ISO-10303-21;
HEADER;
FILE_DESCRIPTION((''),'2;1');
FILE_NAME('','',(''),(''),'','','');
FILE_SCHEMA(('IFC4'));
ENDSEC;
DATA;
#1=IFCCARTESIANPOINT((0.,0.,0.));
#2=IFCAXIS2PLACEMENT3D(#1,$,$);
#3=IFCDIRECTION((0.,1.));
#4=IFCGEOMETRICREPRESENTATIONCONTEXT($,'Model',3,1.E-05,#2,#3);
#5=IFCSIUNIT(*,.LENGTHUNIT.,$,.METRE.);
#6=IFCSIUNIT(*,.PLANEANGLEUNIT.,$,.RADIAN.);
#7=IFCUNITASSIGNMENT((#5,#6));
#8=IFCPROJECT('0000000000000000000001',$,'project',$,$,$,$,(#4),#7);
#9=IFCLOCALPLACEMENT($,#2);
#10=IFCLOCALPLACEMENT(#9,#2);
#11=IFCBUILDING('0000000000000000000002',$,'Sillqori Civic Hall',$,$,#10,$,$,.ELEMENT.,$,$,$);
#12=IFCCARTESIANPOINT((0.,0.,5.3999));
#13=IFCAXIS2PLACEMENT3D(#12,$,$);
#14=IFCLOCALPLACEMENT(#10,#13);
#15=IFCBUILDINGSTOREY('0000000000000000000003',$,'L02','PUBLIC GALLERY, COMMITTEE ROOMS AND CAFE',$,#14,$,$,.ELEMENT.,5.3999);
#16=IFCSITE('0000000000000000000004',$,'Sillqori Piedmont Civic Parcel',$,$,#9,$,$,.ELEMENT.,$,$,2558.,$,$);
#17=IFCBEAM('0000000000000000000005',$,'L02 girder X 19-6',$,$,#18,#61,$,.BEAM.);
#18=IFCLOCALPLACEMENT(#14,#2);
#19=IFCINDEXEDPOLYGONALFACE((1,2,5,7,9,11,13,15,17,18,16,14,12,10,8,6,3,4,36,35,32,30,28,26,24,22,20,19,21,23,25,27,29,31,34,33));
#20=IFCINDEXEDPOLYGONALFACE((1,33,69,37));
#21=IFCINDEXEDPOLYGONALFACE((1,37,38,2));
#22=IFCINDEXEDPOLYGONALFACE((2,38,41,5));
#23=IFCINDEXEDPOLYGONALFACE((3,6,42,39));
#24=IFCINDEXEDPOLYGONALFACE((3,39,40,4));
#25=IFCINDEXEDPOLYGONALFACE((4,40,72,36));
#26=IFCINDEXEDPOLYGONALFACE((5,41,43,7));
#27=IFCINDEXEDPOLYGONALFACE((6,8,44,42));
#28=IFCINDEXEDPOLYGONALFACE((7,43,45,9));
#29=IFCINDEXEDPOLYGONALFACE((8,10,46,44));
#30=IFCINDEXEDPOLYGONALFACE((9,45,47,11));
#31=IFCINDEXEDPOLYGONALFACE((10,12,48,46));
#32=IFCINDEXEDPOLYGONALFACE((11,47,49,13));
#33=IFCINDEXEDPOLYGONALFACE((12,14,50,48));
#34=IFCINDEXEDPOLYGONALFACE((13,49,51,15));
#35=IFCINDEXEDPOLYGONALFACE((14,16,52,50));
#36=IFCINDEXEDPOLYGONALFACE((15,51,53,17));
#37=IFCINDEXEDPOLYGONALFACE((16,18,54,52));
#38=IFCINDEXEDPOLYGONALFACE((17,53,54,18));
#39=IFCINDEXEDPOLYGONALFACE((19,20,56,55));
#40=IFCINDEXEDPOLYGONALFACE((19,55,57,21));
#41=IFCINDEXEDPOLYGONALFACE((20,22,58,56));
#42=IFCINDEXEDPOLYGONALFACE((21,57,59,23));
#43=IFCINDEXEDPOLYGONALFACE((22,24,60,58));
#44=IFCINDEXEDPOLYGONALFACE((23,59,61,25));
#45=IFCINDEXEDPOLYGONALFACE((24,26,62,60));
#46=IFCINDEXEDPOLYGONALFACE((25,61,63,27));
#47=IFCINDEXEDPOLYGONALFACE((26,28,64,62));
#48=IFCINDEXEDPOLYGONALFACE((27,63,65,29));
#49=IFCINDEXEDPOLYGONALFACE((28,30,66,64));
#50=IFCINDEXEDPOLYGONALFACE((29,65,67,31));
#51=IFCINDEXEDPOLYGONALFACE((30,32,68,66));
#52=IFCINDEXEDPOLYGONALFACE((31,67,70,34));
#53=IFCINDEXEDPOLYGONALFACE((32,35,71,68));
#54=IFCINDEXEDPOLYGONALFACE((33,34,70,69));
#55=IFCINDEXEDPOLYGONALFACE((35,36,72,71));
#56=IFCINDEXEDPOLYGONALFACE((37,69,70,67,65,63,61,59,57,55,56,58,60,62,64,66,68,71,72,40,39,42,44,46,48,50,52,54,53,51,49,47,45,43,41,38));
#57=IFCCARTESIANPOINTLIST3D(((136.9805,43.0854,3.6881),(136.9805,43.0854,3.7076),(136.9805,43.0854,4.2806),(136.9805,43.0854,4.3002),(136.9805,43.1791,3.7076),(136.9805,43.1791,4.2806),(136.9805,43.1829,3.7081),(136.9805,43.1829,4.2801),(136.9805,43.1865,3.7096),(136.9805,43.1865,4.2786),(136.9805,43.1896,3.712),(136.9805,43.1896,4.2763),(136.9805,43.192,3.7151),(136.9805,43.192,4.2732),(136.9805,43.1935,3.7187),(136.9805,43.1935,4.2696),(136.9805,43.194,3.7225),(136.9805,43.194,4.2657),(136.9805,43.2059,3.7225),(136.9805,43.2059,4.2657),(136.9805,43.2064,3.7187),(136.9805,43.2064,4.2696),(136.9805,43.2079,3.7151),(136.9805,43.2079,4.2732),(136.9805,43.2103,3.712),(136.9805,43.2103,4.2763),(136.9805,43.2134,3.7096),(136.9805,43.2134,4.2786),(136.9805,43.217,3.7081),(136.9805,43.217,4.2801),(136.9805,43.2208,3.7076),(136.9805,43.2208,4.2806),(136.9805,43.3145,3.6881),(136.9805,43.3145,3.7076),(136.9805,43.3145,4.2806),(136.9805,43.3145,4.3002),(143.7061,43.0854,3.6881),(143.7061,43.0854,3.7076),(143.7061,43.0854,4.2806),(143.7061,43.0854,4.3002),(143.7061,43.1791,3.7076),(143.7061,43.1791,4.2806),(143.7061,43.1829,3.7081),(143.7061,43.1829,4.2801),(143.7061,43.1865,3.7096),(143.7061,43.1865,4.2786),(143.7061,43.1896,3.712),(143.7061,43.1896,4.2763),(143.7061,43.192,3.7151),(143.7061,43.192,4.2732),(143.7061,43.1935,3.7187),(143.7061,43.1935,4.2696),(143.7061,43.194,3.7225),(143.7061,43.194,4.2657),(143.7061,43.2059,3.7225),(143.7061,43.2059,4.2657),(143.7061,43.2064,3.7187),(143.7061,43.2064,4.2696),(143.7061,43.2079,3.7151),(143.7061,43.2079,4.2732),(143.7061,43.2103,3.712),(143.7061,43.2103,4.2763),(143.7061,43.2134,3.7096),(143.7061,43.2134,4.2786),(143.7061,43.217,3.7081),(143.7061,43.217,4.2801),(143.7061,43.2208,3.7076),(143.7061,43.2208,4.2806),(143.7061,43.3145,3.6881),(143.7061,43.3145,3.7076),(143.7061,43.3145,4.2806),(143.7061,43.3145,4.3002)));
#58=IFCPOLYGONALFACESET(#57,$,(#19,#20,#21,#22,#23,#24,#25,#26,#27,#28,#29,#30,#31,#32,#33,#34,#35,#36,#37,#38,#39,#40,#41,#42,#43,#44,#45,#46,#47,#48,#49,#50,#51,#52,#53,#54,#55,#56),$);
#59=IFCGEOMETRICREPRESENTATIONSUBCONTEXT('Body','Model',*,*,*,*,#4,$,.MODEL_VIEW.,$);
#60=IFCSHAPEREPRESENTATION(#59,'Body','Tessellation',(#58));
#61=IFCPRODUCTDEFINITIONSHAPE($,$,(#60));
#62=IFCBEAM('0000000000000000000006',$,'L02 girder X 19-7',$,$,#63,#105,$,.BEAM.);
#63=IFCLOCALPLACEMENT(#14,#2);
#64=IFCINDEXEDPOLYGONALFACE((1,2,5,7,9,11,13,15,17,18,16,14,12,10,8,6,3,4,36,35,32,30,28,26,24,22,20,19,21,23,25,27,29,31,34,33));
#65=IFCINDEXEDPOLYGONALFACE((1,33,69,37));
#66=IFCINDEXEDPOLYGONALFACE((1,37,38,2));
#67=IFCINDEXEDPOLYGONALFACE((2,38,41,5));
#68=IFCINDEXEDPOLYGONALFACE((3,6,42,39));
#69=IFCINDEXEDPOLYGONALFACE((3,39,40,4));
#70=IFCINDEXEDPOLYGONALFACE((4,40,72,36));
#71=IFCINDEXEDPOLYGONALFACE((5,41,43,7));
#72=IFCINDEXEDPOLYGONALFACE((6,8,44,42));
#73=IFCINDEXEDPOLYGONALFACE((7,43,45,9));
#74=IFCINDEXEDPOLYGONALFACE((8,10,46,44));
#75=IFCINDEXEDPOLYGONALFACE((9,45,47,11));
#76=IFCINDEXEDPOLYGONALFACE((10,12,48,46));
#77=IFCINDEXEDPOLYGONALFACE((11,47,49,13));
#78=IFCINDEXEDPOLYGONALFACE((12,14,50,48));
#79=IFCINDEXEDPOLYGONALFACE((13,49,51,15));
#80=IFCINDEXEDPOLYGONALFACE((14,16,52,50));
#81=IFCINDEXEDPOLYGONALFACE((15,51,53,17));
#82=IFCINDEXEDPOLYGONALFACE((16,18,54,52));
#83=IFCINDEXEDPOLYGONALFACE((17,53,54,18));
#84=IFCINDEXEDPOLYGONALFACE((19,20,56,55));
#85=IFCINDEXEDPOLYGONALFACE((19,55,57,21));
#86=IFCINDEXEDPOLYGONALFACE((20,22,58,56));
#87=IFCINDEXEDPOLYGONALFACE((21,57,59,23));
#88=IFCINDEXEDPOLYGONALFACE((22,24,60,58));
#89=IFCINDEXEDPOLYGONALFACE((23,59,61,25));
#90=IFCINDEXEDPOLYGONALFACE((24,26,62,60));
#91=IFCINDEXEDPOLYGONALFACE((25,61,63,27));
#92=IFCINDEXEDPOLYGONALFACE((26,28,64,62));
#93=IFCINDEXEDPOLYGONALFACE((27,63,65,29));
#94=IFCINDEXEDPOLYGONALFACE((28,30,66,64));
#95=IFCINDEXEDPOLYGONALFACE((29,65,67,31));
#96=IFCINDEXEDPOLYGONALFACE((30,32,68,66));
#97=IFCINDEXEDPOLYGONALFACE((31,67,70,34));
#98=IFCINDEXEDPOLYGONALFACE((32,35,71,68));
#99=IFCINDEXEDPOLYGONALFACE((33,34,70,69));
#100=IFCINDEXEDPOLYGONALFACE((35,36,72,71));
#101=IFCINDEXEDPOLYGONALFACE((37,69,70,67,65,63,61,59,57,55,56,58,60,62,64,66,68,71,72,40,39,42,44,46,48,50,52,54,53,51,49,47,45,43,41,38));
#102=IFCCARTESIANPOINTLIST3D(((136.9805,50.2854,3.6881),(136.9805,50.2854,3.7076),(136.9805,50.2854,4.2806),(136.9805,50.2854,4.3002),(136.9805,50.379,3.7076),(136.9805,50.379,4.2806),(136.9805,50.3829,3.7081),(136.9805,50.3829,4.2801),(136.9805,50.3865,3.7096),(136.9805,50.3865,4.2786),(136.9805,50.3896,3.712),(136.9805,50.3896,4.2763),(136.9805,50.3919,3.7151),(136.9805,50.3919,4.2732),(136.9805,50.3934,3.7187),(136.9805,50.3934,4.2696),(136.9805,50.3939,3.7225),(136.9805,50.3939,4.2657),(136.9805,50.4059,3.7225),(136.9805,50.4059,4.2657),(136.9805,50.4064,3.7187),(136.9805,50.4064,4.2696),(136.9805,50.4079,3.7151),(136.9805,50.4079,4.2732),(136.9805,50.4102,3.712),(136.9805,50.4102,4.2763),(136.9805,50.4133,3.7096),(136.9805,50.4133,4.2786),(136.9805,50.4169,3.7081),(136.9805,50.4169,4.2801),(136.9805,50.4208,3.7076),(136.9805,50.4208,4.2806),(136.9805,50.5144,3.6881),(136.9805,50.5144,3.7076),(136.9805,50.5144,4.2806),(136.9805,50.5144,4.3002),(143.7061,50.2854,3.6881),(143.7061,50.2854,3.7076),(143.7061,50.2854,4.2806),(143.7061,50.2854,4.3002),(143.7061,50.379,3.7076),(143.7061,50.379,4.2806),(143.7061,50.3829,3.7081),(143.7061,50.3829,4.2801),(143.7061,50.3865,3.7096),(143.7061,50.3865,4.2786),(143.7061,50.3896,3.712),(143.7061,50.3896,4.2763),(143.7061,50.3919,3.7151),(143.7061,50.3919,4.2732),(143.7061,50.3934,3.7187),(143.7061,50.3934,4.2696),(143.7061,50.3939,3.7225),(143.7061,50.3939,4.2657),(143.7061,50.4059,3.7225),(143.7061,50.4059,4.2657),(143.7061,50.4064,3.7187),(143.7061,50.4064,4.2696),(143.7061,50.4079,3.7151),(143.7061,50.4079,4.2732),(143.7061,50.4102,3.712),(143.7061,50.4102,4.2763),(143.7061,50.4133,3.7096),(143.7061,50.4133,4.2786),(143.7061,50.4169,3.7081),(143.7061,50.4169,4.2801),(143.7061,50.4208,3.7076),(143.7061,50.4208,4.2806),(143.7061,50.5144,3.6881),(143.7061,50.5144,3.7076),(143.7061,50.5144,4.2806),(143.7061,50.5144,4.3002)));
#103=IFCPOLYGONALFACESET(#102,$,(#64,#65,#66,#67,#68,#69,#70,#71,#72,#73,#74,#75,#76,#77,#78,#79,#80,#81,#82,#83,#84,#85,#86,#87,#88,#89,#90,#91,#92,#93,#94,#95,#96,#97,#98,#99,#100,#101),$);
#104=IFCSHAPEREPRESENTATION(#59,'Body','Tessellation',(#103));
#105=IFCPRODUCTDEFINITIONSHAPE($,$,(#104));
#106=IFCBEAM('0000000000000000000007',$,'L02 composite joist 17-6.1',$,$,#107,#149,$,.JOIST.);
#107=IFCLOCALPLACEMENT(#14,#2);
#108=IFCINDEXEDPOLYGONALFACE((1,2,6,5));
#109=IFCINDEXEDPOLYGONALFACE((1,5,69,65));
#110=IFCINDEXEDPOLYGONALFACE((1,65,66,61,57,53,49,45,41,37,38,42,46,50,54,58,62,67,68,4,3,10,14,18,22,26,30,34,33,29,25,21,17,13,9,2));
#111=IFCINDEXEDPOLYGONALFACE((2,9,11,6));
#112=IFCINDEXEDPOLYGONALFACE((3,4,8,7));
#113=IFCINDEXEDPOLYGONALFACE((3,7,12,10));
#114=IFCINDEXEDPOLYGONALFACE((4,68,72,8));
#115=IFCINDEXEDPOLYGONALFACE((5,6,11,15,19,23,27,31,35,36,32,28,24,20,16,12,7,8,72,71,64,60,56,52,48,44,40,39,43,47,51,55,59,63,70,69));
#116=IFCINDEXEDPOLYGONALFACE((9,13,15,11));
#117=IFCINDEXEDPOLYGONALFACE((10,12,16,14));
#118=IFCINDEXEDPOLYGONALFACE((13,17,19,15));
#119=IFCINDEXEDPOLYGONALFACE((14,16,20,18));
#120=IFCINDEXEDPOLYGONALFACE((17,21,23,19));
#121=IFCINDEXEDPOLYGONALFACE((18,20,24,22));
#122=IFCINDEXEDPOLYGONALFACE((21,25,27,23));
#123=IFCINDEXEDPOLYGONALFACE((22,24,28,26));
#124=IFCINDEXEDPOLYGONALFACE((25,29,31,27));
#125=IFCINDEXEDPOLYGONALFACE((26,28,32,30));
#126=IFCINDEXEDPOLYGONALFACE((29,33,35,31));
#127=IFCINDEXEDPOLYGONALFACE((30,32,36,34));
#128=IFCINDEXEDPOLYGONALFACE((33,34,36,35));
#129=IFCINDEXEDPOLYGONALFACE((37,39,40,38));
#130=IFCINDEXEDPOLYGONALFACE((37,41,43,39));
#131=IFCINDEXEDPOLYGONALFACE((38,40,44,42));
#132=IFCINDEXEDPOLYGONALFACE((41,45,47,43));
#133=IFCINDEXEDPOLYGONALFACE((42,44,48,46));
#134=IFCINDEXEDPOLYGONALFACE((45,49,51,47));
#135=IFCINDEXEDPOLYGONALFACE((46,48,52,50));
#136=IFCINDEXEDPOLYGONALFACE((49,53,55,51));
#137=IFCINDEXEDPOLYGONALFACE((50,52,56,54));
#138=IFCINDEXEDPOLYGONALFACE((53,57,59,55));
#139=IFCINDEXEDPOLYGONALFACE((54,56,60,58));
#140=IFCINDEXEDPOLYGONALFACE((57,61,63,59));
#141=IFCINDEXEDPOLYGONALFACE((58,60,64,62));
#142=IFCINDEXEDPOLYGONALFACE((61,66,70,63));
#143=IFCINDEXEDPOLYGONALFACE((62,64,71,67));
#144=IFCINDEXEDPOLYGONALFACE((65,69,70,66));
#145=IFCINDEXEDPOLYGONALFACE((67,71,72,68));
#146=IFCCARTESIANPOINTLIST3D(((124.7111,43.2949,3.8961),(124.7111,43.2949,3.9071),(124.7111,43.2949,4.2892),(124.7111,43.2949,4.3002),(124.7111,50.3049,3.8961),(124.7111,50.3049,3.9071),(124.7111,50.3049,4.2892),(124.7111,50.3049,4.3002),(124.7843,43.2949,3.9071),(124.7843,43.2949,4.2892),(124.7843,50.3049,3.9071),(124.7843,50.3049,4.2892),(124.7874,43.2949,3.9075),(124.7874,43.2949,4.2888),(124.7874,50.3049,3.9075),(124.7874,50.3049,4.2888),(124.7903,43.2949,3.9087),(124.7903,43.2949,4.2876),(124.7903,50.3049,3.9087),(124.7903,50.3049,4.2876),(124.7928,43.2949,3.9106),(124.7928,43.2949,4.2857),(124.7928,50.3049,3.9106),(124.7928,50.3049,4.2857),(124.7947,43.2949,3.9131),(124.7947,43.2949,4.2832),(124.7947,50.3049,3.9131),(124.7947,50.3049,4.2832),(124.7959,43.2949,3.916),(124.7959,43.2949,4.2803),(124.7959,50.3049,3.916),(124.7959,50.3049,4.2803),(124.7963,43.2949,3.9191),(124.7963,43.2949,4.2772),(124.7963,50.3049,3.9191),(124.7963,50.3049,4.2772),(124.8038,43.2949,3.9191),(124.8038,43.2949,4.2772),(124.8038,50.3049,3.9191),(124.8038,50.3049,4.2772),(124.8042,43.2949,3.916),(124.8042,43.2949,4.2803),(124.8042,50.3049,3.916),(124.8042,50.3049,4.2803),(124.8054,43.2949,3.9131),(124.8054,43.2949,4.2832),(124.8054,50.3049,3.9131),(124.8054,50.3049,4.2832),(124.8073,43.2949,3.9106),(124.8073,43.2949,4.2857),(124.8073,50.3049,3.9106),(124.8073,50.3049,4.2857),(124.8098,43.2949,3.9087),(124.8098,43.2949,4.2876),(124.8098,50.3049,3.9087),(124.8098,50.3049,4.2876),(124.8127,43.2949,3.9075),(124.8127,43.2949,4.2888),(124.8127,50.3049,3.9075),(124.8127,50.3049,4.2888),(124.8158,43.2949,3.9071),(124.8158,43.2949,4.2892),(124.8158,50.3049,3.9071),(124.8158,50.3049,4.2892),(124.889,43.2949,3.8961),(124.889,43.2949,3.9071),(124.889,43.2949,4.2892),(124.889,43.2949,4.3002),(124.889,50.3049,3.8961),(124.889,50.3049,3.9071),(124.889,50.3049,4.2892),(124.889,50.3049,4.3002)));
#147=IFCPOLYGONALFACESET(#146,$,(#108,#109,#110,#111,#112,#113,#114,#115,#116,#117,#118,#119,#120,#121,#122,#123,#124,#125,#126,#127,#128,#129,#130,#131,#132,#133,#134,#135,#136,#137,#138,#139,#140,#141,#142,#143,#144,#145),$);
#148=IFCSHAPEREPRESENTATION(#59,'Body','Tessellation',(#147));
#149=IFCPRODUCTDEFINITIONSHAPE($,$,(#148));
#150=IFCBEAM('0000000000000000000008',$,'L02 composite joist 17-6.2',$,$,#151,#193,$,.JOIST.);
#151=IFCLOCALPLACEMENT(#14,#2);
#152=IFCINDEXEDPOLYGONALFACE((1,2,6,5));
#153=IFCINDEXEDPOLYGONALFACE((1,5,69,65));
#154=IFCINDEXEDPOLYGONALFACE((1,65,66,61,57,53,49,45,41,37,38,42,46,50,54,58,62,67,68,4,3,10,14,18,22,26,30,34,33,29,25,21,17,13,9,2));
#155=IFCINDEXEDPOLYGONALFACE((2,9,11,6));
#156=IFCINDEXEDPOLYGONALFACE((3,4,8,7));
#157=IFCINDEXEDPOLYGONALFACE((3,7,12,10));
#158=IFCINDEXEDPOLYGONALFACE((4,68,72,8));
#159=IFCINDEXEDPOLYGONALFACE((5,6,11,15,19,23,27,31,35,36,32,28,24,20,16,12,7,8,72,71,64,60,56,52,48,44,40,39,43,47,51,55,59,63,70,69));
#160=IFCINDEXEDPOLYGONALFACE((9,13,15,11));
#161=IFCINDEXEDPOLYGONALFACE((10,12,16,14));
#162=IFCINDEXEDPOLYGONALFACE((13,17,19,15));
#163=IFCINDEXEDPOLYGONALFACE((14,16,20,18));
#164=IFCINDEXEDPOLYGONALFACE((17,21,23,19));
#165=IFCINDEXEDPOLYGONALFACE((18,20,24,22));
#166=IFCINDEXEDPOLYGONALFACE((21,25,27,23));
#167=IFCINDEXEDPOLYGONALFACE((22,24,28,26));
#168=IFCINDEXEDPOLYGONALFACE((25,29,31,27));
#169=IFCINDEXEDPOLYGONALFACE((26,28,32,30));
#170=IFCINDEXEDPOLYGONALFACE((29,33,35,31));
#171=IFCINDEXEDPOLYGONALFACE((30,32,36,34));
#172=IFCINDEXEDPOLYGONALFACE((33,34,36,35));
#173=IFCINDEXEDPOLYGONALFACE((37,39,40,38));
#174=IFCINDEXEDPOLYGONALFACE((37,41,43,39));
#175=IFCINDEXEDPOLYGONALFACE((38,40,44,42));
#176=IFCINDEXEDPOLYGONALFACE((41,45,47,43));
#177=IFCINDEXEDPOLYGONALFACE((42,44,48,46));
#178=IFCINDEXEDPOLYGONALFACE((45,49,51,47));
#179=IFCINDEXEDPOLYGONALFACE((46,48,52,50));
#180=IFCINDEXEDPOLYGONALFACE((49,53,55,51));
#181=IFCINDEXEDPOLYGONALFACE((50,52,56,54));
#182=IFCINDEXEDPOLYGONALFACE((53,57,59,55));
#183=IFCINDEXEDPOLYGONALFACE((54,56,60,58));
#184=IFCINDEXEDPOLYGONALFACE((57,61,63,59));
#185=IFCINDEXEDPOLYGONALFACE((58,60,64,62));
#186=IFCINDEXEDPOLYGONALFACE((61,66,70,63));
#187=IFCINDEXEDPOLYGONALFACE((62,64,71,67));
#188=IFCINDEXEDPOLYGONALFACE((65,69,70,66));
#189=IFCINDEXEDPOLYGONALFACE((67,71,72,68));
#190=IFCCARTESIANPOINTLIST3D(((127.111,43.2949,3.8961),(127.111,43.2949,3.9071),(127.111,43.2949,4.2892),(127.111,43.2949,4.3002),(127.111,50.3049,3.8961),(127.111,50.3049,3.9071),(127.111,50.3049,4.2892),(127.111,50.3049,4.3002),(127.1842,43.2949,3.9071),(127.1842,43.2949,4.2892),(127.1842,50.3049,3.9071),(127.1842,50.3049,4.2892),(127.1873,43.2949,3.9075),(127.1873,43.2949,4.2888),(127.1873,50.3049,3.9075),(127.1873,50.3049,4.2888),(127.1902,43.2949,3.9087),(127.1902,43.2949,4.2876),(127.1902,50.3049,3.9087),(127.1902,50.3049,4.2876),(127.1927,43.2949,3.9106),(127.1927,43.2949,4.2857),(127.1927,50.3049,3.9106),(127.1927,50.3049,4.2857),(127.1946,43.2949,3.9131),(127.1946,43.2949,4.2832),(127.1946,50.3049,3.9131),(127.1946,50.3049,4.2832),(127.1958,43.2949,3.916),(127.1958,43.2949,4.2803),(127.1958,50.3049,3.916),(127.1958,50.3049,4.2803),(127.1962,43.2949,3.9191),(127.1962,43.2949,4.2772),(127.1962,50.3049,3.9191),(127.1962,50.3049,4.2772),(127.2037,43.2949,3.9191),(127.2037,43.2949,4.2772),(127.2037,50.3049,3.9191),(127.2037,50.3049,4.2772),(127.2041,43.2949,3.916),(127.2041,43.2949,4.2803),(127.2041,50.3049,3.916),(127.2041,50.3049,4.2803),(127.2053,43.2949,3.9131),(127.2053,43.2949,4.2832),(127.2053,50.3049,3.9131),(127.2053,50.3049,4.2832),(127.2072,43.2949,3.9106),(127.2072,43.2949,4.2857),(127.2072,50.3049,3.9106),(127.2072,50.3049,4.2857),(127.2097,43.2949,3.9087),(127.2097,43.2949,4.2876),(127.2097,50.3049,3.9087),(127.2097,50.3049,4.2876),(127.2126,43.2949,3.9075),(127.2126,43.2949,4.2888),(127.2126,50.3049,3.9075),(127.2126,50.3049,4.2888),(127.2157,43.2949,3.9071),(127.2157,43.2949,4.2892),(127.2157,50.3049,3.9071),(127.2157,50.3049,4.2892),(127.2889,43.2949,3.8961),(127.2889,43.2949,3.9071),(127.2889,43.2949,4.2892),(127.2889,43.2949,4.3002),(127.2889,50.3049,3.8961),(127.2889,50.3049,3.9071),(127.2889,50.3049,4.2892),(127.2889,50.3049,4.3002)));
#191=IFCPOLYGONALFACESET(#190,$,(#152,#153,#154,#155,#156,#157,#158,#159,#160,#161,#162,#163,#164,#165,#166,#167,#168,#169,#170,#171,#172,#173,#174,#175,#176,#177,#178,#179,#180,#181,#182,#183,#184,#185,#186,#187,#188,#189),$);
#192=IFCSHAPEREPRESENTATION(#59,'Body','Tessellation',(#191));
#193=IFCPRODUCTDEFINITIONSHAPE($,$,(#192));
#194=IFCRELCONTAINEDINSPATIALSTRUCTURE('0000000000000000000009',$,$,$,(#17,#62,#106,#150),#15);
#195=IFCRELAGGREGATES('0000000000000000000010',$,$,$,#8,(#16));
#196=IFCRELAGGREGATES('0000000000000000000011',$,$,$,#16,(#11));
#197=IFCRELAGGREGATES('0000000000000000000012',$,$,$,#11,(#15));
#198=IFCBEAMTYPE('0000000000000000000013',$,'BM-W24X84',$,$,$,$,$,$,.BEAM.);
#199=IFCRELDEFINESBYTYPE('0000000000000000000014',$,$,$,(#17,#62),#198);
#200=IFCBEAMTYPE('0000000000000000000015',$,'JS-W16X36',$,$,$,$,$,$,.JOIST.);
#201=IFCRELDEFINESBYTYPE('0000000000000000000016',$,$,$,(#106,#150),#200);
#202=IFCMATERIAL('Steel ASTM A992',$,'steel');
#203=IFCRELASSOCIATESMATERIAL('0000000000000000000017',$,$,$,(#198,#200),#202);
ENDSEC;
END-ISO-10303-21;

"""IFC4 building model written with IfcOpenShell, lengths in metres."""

from ifc_helpers import new_model, si_unit, direction, frame, origin, origin_2d, place, context, subcontext, project, spatial, i_section, extrude, material, material_profile, profile_set, type_object, element, save


model = new_model("IFC4")

# Units and contexts
model_context = context("Model", 3, precision=1e-05, world=origin(), true_north=direction((0.0, 1.0)))
body_context = subcontext(model_context, "Body", "Model", "MODEL_VIEW")
ifc_project = project(units=[si_unit("LENGTHUNIT", "METRE"), si_unit("PLANEANGLEUNIT", "RADIAN")], contexts=[model_context])

# Site, building, storey
site_placement = place(None, origin())
site = spatial("IfcSite", under=ifc_project, at=site_placement, Name="Sillqori Piedmont Civic Parcel", CompositionType="ELEMENT", RefElevation=2558.0)
building_placement = place(site_placement, origin())
building = spatial("IfcBuilding", under=site, at=building_placement, Name="Sillqori Civic Hall", CompositionType="ELEMENT")
storey_placement = place(building_placement, frame((0.0, 0.0, 5.3999)))
storey = spatial("IfcBuildingStorey", under=building, at=storey_placement, Name="L02", Description="PUBLIC GALLERY, COMMITTEE ROOMS AND CAFE", CompositionType="ELEMENT", Elevation=5.3999)

# Shared definitions
ifc_material_1 = material(Name="Steel ASTM A992", Category="steel")

# Beams
ifc_material_profile_1 = material_profile(ifc_material_1, i_section(OverallWidth=0.229, OverallDepth=0.6121, WebThickness=0.012, FlangeThickness=0.0195, FilletRadius=0.0149, at=origin_2d()), Name="W24X84")
ifc_profile_set_1 = profile_set([ifc_material_profile_1], Name="Steel ASTM A992")
beam_type_1 = type_object("IfcBeamType", Name="BM-W24X84", PredefinedType="BEAM", material=ifc_profile_set_1)
for number, where, z_axis, x_axis, name in (
    (1, (136.9805, 43.2, 3.9941), (1.0, 0.0, 0.0), (0.0, 1.0, 0.0), "L02 girder X 19-6"),
    (2, (136.9805, 50.3999, 3.9941), (1.0, 0.0, 0.0), (0.0, 1.0, 0.0), "L02 girder X 19-7"),
):
    element("IfcBeam", number, at=place(storey_placement, frame(where, z_axis=z_axis, x_axis=x_axis)), inside=storey, type_object=beam_type_1, Name=name, PredefinedType="BEAM", context=body_context, shape_type="SweptSolid", body=[
        extrude(i_section(OverallWidth=0.229, OverallDepth=0.6121, WebThickness=0.012, FlangeThickness=0.0195, FilletRadius=0.0149, at=origin_2d()), origin(), (0.0, 0.0, 1.0), 6.7256),
    ])
ifc_material_profile_2 = material_profile(ifc_material_1, i_section(OverallWidth=0.178, OverallDepth=0.4041, WebThickness=0.0076, FlangeThickness=0.011, FilletRadius=0.012, at=origin_2d()), Name="W16X36")
ifc_profile_set_2 = profile_set([ifc_material_profile_2], Name="Steel ASTM A992")
beam_type_2 = type_object("IfcBeamType", Name="JS-W16X36", PredefinedType="JOIST", material=ifc_profile_set_2)
for number, where, z_axis, x_axis, name in (
    (3, (124.8, 43.2949, 4.0981), (0.0, 1.0, 0.0), (-1.0, 0.0, 0.0), "L02 composite joist 17-6.1"),
    (4, (127.2, 43.2949, 4.0981), (0.0, 1.0, 0.0), (-1.0, 0.0, 0.0), "L02 composite joist 17-6.2"),
):
    element("IfcBeam", number, at=place(storey_placement, frame(where, z_axis=z_axis, x_axis=x_axis)), inside=storey, type_object=beam_type_2, Name=name, PredefinedType="JOIST", context=body_context, shape_type="SweptSolid", body=[
        extrude(i_section(OverallWidth=0.178, OverallDepth=0.4041, WebThickness=0.0076, FlangeThickness=0.011, FilletRadius=0.012, at=origin_2d()), origin(), (0.0, 0.0, 1.0), 7.01),
    ])

save(model, "model.ifc")
